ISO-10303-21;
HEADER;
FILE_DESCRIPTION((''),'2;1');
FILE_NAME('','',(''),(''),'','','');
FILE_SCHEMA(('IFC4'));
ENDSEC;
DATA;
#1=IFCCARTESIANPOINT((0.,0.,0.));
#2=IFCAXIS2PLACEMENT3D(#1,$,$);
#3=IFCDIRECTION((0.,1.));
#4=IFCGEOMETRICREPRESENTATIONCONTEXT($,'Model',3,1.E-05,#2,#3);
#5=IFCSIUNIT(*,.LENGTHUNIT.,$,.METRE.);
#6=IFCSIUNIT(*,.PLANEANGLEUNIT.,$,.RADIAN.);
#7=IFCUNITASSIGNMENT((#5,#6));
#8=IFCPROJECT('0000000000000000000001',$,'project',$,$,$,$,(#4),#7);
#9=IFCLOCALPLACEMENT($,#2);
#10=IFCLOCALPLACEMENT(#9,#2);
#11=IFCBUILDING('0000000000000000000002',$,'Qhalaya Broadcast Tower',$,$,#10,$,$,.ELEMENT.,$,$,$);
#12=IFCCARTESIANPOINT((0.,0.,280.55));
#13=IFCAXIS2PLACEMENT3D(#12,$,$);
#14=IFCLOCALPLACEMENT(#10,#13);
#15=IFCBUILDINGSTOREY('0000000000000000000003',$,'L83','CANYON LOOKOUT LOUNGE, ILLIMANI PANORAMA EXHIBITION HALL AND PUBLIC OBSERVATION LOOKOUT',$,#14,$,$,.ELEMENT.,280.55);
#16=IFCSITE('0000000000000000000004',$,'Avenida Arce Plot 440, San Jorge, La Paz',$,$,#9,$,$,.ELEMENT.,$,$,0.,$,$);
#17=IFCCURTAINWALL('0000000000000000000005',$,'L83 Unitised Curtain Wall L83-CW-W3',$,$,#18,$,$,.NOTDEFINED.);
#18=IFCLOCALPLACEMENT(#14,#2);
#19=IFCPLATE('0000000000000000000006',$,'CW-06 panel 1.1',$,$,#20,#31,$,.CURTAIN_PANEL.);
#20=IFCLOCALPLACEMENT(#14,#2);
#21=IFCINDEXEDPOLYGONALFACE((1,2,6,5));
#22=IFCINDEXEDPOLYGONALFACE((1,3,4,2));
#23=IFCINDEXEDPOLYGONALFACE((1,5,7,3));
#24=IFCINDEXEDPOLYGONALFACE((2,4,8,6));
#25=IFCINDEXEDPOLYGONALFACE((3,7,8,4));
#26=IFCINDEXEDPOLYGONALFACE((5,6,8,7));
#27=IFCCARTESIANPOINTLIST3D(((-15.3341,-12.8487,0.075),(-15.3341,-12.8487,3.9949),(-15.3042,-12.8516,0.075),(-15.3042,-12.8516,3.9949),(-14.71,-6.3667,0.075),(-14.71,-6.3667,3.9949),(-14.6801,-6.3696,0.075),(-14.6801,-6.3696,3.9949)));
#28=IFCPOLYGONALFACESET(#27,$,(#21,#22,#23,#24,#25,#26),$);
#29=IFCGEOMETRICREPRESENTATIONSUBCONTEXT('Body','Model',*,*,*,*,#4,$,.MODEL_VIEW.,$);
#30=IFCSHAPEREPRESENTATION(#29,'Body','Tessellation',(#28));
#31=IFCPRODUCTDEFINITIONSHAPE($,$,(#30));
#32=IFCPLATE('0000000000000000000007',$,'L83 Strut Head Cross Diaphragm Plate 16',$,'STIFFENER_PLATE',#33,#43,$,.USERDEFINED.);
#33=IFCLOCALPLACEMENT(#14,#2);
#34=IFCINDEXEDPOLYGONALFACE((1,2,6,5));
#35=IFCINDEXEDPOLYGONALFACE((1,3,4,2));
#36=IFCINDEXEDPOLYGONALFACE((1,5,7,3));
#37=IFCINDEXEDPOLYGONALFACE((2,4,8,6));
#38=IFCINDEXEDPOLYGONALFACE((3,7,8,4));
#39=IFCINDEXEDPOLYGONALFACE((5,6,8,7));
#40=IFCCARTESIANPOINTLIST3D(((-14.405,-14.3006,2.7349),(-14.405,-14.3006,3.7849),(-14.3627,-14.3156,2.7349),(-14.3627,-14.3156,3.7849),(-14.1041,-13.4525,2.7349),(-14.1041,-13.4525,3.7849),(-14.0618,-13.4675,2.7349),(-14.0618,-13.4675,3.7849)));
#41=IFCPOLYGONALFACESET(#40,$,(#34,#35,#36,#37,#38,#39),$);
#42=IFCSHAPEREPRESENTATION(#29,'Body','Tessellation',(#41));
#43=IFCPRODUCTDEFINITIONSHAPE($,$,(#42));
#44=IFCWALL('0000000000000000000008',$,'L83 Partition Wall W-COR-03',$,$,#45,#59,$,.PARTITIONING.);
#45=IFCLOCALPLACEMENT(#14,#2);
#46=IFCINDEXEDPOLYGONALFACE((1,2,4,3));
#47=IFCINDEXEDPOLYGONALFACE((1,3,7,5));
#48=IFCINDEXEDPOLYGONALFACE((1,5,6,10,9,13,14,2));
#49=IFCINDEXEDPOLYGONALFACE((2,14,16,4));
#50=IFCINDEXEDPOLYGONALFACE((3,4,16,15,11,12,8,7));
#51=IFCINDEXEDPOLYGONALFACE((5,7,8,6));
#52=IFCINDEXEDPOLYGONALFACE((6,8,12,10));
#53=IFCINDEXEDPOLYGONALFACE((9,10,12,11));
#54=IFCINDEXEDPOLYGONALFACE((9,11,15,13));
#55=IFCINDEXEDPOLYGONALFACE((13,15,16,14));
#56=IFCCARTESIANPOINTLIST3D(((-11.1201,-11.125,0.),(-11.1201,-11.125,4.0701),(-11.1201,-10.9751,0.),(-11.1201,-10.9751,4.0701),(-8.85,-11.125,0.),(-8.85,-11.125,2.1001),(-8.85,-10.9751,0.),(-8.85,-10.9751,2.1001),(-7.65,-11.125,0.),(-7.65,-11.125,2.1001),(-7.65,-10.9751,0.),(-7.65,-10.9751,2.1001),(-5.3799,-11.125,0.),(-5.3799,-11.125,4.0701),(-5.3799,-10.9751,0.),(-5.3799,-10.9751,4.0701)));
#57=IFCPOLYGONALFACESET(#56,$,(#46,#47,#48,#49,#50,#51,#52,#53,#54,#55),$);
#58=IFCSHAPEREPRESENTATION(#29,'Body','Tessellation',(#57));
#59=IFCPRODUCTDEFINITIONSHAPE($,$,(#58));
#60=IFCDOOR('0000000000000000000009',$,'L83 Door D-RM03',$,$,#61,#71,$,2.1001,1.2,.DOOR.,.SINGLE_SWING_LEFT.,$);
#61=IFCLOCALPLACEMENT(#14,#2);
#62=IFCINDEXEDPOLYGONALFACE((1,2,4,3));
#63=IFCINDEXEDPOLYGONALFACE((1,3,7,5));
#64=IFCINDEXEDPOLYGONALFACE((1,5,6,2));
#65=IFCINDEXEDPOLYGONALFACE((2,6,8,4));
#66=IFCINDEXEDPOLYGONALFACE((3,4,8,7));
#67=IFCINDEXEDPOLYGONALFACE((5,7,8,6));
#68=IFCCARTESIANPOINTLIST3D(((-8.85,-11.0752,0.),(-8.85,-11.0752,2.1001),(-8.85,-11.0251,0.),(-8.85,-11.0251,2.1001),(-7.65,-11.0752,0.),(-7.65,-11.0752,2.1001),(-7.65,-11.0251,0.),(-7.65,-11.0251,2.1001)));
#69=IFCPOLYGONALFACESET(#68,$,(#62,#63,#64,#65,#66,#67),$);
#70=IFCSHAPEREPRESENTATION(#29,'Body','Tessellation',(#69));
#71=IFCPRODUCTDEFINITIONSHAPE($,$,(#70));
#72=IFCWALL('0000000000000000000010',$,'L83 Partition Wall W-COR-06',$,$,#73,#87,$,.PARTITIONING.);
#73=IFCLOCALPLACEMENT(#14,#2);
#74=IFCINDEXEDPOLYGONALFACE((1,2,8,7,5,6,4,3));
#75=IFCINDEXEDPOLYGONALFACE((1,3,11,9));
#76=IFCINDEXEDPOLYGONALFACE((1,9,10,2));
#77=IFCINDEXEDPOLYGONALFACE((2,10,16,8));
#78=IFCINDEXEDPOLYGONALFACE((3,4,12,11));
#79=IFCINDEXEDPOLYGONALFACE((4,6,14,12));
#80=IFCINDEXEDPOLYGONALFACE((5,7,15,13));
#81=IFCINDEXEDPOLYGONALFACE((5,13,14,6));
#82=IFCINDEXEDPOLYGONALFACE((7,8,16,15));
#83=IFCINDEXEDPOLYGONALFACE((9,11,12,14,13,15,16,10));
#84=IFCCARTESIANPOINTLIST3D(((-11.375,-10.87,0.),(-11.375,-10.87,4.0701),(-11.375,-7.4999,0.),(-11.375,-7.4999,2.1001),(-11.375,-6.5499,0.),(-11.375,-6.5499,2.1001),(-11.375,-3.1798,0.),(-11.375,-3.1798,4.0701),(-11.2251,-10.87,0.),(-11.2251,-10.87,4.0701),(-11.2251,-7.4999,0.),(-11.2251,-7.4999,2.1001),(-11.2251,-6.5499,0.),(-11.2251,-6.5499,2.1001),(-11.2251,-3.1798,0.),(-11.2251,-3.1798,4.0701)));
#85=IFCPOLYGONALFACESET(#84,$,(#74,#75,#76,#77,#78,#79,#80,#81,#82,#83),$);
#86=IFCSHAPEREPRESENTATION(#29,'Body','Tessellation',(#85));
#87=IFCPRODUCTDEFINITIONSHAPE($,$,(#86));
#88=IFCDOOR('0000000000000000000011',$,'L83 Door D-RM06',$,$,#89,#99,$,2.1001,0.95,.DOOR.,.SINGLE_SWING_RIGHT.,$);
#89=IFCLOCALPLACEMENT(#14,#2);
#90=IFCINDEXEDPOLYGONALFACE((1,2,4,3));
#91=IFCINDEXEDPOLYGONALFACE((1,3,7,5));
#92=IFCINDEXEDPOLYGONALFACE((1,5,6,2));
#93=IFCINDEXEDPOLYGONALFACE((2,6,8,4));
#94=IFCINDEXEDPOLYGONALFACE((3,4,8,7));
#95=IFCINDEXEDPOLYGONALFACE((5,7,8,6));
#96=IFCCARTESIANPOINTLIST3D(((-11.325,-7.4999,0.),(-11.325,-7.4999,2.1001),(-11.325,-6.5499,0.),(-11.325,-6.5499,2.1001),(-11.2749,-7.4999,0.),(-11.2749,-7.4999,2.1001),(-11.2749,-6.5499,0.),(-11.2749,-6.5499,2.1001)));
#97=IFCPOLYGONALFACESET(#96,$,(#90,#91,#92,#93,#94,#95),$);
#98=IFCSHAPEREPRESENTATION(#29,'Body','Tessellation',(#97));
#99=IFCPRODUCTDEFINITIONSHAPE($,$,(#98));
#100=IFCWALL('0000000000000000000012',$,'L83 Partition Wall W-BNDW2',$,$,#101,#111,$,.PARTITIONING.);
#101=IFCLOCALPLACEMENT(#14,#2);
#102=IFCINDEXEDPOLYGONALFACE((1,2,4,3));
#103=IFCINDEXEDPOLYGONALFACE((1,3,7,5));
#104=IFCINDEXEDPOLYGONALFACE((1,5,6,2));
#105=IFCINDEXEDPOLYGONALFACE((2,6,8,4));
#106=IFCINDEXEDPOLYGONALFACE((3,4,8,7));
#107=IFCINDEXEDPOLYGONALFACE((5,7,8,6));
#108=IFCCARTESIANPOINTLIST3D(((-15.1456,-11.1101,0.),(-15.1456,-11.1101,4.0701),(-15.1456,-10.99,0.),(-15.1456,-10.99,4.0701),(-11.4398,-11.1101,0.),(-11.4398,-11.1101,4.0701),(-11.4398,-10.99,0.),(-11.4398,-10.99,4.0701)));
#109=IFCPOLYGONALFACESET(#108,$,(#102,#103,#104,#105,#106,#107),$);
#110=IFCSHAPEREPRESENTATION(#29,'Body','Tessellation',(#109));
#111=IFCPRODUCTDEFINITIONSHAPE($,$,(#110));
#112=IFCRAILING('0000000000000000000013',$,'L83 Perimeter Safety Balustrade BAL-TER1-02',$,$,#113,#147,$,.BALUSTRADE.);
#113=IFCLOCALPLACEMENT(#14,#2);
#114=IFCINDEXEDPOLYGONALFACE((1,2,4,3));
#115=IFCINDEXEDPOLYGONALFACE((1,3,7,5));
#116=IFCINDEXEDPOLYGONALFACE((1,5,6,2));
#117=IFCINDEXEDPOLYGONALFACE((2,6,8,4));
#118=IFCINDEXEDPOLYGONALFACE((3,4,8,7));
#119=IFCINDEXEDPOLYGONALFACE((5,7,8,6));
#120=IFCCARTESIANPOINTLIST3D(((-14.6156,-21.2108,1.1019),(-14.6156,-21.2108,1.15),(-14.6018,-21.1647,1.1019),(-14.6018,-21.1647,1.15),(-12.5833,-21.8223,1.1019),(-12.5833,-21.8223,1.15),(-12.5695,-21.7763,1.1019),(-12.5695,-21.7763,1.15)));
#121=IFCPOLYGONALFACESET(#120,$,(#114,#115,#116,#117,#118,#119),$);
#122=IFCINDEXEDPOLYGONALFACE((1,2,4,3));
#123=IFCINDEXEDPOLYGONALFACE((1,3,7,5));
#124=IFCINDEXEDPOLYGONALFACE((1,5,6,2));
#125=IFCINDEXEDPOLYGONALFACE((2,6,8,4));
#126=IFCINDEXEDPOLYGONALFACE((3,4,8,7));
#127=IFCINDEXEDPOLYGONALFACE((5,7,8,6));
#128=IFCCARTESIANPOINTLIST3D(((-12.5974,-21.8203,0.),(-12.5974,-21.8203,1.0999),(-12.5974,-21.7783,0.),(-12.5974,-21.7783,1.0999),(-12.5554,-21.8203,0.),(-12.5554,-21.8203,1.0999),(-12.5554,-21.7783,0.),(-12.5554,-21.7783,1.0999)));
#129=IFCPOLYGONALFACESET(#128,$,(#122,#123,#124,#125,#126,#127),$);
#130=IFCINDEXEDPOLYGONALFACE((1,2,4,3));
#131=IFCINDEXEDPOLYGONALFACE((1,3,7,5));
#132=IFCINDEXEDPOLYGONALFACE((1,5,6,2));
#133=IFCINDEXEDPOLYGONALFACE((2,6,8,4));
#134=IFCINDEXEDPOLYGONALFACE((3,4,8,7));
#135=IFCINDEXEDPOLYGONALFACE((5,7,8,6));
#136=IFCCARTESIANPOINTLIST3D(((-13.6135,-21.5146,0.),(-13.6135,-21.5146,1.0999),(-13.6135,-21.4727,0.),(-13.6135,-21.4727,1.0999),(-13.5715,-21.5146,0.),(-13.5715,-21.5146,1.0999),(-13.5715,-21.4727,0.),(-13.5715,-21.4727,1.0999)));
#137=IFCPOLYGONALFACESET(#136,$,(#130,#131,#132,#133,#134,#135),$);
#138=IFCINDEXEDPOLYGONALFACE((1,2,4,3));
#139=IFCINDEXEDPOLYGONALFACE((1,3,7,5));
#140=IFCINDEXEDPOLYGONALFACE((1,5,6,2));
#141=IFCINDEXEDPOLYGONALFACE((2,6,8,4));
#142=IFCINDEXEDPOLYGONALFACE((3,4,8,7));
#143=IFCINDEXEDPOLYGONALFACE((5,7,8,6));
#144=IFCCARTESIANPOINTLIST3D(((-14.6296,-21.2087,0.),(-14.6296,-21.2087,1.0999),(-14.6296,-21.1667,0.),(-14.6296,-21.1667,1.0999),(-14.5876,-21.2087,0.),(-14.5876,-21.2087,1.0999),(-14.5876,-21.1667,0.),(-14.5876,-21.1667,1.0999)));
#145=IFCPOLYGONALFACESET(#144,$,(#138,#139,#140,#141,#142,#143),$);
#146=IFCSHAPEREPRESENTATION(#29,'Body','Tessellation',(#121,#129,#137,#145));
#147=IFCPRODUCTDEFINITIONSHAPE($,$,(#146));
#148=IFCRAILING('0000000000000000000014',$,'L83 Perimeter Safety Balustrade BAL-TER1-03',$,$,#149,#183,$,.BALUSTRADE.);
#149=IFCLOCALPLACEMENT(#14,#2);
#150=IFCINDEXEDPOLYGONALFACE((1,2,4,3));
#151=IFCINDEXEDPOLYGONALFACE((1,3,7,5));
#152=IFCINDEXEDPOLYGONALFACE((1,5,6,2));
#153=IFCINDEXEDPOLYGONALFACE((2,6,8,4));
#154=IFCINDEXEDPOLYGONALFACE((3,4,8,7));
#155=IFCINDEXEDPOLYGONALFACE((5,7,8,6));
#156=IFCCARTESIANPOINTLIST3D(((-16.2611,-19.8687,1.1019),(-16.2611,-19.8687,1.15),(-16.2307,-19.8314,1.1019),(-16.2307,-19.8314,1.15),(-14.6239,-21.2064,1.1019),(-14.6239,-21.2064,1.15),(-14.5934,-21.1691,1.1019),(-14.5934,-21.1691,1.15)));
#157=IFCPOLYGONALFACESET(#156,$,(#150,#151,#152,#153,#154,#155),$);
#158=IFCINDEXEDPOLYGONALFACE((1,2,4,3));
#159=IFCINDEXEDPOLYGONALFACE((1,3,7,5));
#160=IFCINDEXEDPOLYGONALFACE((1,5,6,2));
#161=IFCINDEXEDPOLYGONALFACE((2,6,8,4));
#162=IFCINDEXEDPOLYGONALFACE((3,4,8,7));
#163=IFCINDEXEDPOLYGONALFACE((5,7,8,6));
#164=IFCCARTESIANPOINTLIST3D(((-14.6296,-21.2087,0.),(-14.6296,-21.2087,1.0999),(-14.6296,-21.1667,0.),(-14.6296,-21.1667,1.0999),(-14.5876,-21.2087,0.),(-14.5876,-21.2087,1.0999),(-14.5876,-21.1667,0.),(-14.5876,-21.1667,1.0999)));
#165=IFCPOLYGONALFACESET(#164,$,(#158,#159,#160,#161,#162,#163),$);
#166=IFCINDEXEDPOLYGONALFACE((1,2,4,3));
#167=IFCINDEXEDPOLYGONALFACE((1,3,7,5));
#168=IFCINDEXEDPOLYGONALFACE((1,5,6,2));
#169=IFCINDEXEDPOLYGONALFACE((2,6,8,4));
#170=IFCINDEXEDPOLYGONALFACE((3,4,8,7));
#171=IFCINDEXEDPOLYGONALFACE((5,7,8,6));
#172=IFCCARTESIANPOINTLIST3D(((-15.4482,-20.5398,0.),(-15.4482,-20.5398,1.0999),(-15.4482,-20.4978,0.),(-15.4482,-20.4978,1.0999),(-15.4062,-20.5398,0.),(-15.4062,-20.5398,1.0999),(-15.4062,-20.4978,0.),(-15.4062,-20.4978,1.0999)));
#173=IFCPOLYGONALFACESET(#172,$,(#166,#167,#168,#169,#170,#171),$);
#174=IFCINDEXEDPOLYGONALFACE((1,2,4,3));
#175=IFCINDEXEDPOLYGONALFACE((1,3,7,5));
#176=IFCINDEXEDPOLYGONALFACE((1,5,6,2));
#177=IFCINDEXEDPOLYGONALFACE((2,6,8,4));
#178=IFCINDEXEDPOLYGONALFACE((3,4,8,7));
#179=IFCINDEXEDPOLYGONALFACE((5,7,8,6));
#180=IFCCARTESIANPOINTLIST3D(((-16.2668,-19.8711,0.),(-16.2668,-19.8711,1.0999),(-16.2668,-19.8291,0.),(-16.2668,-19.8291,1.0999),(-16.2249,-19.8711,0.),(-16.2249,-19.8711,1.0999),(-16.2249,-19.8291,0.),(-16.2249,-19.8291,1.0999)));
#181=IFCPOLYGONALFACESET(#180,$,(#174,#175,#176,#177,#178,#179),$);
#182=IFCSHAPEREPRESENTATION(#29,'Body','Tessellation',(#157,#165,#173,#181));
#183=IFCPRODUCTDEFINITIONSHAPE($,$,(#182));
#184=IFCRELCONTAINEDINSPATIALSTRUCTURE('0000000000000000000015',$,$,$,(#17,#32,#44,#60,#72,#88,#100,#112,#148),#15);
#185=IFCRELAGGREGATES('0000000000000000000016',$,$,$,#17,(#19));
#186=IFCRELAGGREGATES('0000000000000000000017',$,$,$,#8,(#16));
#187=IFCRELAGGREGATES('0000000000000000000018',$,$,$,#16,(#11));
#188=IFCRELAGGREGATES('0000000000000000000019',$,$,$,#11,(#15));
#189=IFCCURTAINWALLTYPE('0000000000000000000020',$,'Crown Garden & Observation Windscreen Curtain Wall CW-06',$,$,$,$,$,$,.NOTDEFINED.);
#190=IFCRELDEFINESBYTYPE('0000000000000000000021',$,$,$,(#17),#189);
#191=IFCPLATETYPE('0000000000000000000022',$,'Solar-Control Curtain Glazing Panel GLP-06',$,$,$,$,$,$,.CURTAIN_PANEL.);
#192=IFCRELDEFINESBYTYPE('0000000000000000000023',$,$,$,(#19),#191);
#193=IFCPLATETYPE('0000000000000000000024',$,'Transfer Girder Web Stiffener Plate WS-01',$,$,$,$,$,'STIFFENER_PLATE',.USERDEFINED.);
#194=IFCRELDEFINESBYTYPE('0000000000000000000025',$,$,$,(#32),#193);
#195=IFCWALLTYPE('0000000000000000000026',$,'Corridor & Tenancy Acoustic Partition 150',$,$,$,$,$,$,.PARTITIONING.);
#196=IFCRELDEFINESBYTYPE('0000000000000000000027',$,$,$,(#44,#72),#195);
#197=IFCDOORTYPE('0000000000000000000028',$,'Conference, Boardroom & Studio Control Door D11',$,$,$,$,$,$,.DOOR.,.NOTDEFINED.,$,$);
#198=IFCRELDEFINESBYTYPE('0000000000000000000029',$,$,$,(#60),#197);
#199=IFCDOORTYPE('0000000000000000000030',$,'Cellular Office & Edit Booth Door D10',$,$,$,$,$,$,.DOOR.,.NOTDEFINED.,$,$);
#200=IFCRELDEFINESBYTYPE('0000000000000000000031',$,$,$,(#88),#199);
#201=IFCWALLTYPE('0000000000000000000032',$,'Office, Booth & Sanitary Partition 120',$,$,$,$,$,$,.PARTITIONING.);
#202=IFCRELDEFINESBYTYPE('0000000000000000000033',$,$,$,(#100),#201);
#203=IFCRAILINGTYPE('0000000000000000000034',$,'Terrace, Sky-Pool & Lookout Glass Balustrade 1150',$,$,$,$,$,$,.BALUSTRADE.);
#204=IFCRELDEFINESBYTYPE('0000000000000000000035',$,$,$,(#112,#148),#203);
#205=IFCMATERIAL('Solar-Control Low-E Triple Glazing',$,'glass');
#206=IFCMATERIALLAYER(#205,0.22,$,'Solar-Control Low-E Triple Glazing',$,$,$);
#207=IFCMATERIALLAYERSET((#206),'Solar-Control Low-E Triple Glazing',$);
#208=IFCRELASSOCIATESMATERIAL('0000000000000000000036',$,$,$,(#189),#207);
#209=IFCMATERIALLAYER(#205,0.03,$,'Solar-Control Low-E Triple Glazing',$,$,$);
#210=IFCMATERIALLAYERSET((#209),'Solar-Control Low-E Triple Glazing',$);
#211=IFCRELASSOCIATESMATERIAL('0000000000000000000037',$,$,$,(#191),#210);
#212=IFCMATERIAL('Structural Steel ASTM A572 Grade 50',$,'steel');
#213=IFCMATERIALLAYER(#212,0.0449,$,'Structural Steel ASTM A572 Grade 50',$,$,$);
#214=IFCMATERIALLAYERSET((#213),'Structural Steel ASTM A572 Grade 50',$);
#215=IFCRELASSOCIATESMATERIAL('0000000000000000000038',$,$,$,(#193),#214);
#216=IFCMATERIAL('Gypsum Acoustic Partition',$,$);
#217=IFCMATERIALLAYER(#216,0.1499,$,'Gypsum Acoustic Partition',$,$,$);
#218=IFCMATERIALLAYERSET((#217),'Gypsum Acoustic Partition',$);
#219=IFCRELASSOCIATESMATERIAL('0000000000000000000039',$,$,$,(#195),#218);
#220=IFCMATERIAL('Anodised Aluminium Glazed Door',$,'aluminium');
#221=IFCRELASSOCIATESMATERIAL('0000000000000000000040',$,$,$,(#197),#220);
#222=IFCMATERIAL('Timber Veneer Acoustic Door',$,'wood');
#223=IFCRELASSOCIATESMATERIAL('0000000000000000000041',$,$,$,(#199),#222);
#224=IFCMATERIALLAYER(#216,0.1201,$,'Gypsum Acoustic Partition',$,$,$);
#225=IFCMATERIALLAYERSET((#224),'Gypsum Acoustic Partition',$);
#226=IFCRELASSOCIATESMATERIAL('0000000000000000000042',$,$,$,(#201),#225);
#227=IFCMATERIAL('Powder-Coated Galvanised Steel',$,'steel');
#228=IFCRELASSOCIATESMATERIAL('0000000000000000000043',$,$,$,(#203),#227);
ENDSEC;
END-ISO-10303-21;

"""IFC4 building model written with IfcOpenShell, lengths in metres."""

from ifc_helpers import new_model, si_unit, direction, frame, frame_2d, origin, origin_2d, place, context, subcontext, project, spatial, rectangle, extrude, material, layer, layer_set, type_object, element, fill, aggregate, save


model = new_model("IFC4")

# Units and contexts
model_context = context("Model", 3, precision=1e-05, world=origin(), true_north=direction((0.0, 1.0)))
body_context = subcontext(model_context, "Body", "Model", "MODEL_VIEW")
ifc_project = project(units=[si_unit("LENGTHUNIT", "METRE"), si_unit("PLANEANGLEUNIT", "RADIAN")], contexts=[model_context])

# Site, building, storey
site_placement = place(None, origin())
site = spatial("IfcSite", under=ifc_project, at=site_placement, Name="Avenida Arce Plot 440, San Jorge, La Paz", CompositionType="ELEMENT", RefElevation=0.0)
building_placement = place(site_placement, origin())
building = spatial("IfcBuilding", under=site, at=building_placement, Name="Qhalaya Broadcast Tower", CompositionType="ELEMENT")
storey_placement = place(building_placement, frame((0.0, 0.0, 280.55)))
storey = spatial("IfcBuildingStorey", under=building, at=storey_placement, Name="L83", Description="CANYON LOOKOUT LOUNGE, ILLIMANI PANORAMA EXHIBITION HALL AND PUBLIC OBSERVATION LOOKOUT", CompositionType="ELEMENT", Elevation=280.55)

# Shared definitions
ifc_material_1 = material(Name="Structural Steel ASTM A572 Grade 50", Category="steel")

# Curtain wall
ifc_material_2 = material(Name="Solar-Control Low-E Triple Glazing", Category="glass")
ifc_layer_1 = layer(ifc_material_2, 0.22, Name="Solar-Control Low-E Triple Glazing")
ifc_layer_set_1 = layer_set([ifc_layer_1], Name="Solar-Control Low-E Triple Glazing")
curtain_wall_type = type_object("IfcCurtainWallType", Name="Crown Garden & Observation Windscreen Curtain Wall CW-06", PredefinedType="NOTDEFINED", material=ifc_layer_set_1)
curtain_wall_placement = place(storey_placement, origin())
curtain_wall = element("IfcCurtainWall", 1, at=curtain_wall_placement, inside=storey, type_object=curtain_wall_type, Name="L83 Unitised Curtain Wall L83-CW-W3", PredefinedType="NOTDEFINED")

# Plates
ifc_layer_2 = layer(ifc_material_2, 0.03, Name="Solar-Control Low-E Triple Glazing")
ifc_layer_set_2 = layer_set([ifc_layer_2], Name="Solar-Control Low-E Triple Glazing")
plate_type_1 = type_object("IfcPlateType", Name="Solar-Control Curtain Glazing Panel GLP-06", PredefinedType="CURTAIN_PANEL", material=ifc_layer_set_2)
plate_1_placement = place(storey_placement, frame((-15.0071, -9.6091, 0.075), z_axis=(0.0, 0.0, 1.0), x_axis=(-0.095843, -0.995397, 0.0)))
plate_1 = element("IfcPlate", 2, at=plate_1_placement, type_object=plate_type_1, Name="CW-06 panel 1.1", PredefinedType="CURTAIN_PANEL", context=body_context, shape_type="SweptSolid", body=[
    extrude(rectangle(XDim=6.512, YDim=0.03, at=origin_2d()), origin(), (0.0, 0.0, 1.0), 3.9199),
])
aggregate(curtain_wall, [plate_1])
ifc_layer_3 = layer(ifc_material_1, 0.0449, Name="Structural Steel ASTM A572 Grade 50")
ifc_layer_set_3 = layer_set([ifc_layer_3], Name="Structural Steel ASTM A572 Grade 50")
plate_type_2 = type_object("IfcPlateType", Name="Transfer Girder Web Stiffener Plate WS-01", ElementType="STIFFENER_PLATE", PredefinedType="USERDEFINED", material=ifc_layer_set_3)
plate_2_placement = place(storey_placement, frame((-14.2334, -13.884, 2.7349), z_axis=(0.0, 0.0, 1.0), x_axis=(0.334366, 0.942443, 0.0)))
element("IfcPlate", 3, at=plate_2_placement, inside=storey, type_object=plate_type_2, Name="L83 Strut Head Cross Diaphragm Plate 16", ObjectType="STIFFENER_PLATE", PredefinedType="USERDEFINED", context=body_context, shape_type="SweptSolid", body=[
    extrude(rectangle(XDim=0.8999, YDim=0.0449, at=origin_2d()), origin(), (0.0, 0.0, 1.0), 1.05),
])

# Walls, openings, doors
ifc_material_3 = material(Name="Gypsum Acoustic Partition")
ifc_layer_4 = layer(ifc_material_3, 0.1499, Name="Gypsum Acoustic Partition")
ifc_layer_set_4 = layer_set([ifc_layer_4], Name="Gypsum Acoustic Partition")
wall_type_1 = type_object("IfcWallType", Name="Corridor & Tenancy Acoustic Partition 150", PredefinedType="PARTITIONING", material=ifc_layer_set_4)
wall_1_placement = place(storey_placement, frame((-11.1201, -11.05, 0.0), z_axis=(0.0, 0.0, 1.0), x_axis=(1.0, 0.0, 0.0)))
wall_1 = element("IfcWall", 4, at=wall_1_placement, inside=storey, type_object=wall_type_1, Name="L83 Partition Wall W-COR-03", PredefinedType="PARTITIONING", context=body_context, shape_type="SweptSolid", body=[
    extrude(rectangle(XDim=5.7402, YDim=0.1499, at=frame_2d((2.8701, 0.0))), origin(), (0.0, 0.0, 1.0), 4.0701),
])
opening_1_placement = place(wall_1_placement, frame((2.27, 0.0, 0.0)))
opening_1 = element("IfcOpeningElement", 5, at=opening_1_placement, cuts=wall_1, PredefinedType="OPENING", context=body_context, shape_type="SweptSolid", body=[
    extrude(rectangle(XDim=1.2, YDim=2.1001, at=frame_2d((0.6001, 1.05))), frame((0.0, 0.0869, 0.0), z_axis=(0.0, -1.0, 0.0), x_axis=(1.0, 0.0, 0.0)), (0.0, 0.0, 1.0), 0.1738),
])
ifc_material_4 = material(Name="Anodised Aluminium Glazed Door", Category="aluminium")
door_type_1 = type_object("IfcDoorType", Name="Conference, Boardroom & Studio Control Door D11", OperationType="NOTDEFINED", PredefinedType="DOOR", material=ifc_material_4)
door_1_placement = place(opening_1_placement, origin())
door_1 = element("IfcDoor", 6, at=door_1_placement, inside=storey, type_object=door_type_1, Name="L83 Door D-RM03", OperationType="SINGLE_SWING_LEFT", OverallHeight=2.1001, OverallWidth=1.2, PredefinedType="DOOR", context=body_context, shape_type="SweptSolid", body=[
    extrude(rectangle(XDim=1.2, YDim=2.1001, at=frame_2d((0.6001, 1.05))), frame((0.0, 0.0249, 0.0), z_axis=(0.0, -1.0, 0.0), x_axis=(1.0, 0.0, 0.0)), (0.0, 0.0, 1.0), 0.05),
])
fill(opening_1, door_1)
wall_2_placement = place(storey_placement, frame((-11.3, -10.8701, 0.0), z_axis=(0.0, 0.0, 1.0), x_axis=(0.0, 1.0, 0.0)))
wall_2 = element("IfcWall", 7, at=wall_2_placement, inside=storey, type_object=wall_type_1, Name="L83 Partition Wall W-COR-06", PredefinedType="PARTITIONING", context=body_context, shape_type="SweptSolid", body=[
    extrude(rectangle(XDim=7.6902, YDim=0.1499, at=frame_2d((3.8452, 0.0))), origin(), (0.0, 0.0, 1.0), 4.0701),
])
opening_2_placement = place(wall_2_placement, frame((3.3701, 0.0, 0.0)))
opening_2 = element("IfcOpeningElement", 8, at=opening_2_placement, cuts=wall_2, PredefinedType="OPENING", context=body_context, shape_type="SweptSolid", body=[
    extrude(rectangle(XDim=0.95, YDim=2.1001, at=frame_2d((0.4751, 1.05))), frame((0.0, 0.0869, 0.0), z_axis=(0.0, -1.0, 0.0), x_axis=(1.0, 0.0, 0.0)), (0.0, 0.0, 1.0), 0.1738),
])
ifc_material_5 = material(Name="Timber Veneer Acoustic Door", Category="wood")
door_type_2 = type_object("IfcDoorType", Name="Cellular Office & Edit Booth Door D10", OperationType="NOTDEFINED", PredefinedType="DOOR", material=ifc_material_5)
door_2_placement = place(opening_2_placement, origin())
door_2 = element("IfcDoor", 9, at=door_2_placement, inside=storey, type_object=door_type_2, Name="L83 Door D-RM06", OperationType="SINGLE_SWING_RIGHT", OverallHeight=2.1001, OverallWidth=0.95, PredefinedType="DOOR", context=body_context, shape_type="SweptSolid", body=[
    extrude(rectangle(XDim=0.95, YDim=2.1001, at=frame_2d((0.4751, 1.05))), frame((0.0, 0.0249, 0.0), z_axis=(0.0, -1.0, 0.0), x_axis=(1.0, 0.0, 0.0)), (0.0, 0.0, 1.0), 0.05),
])
fill(opening_2, door_2)

# Wall
ifc_layer_5 = layer(ifc_material_3, 0.1201, Name="Gypsum Acoustic Partition")
ifc_layer_set_5 = layer_set([ifc_layer_5], Name="Gypsum Acoustic Partition")
wall_type_2 = type_object("IfcWallType", Name="Office, Booth & Sanitary Partition 120", PredefinedType="PARTITIONING", material=ifc_layer_set_5)
wall_3_placement = place(storey_placement, frame((-15.1458, -11.05, 0.0), z_axis=(0.0, 0.0, 1.0), x_axis=(1.0, 0.0, 0.0)))
element("IfcWall", 10, at=wall_3_placement, inside=storey, type_object=wall_type_2, Name="L83 Partition Wall W-BNDW2", PredefinedType="PARTITIONING", context=body_context, shape_type="SweptSolid", body=[
    extrude(rectangle(XDim=3.7058, YDim=0.1201, at=frame_2d((1.853, 0.0))), origin(), (0.0, 0.0, 1.0), 4.0701),
])

# Railings
ifc_material_6 = material(Name="Powder-Coated Galvanised Steel", Category="steel")
railing_type = type_object("IfcRailingType", Name="Terrace, Sky-Pool & Lookout Glass Balustrade 1150", PredefinedType="BALUSTRADE", material=ifc_material_6)
railing_1_placement = place(storey_placement, frame((-12.5764, -21.7993, 0.0)))
element("IfcRailing", 11, at=railing_1_placement, inside=storey, type_object=railing_type, Name="L83 Perimeter Safety Balustrade BAL-TER1-02", PredefinedType="BALUSTRADE", context=body_context, shape_type="SweptSolid", body=[
    extrude(rectangle(XDim=0.0481, YDim=0.0481, at=origin_2d()), frame((0.0, 0.0, 1.126), z_axis=(-0.957579, 0.288171, 0.0), x_axis=(-0.288171, -0.957579, 0.0)), (0.0, 0.0, 1.0), 2.1223),
    extrude(rectangle(XDim=0.042, YDim=0.042, at=origin_2d()), origin(), (0.0, 0.0, 1.0), 1.0999),
    extrude(rectangle(XDim=0.042, YDim=0.042, at=origin_2d()), frame((-1.0161, 0.3057, 0.0)), (0.0, 0.0, 1.0), 1.0999),
    extrude(rectangle(XDim=0.042, YDim=0.042, at=origin_2d()), frame((-2.0322, 0.6116, 0.0)), (0.0, 0.0, 1.0), 1.0999),
])
railing_2_placement = place(storey_placement, frame((-14.6086, -21.1877, 0.0)))
element("IfcRailing", 12, at=railing_2_placement, inside=storey, type_object=railing_type, Name="L83 Perimeter Safety Balustrade BAL-TER1-03", PredefinedType="BALUSTRADE", context=body_context, shape_type="SweptSolid", body=[
    extrude(rectangle(XDim=0.0481, YDim=0.0481, at=origin_2d()), frame((0.0, 0.0, 1.126), z_axis=(-0.774394, 0.632703, 0.0), x_axis=(-0.632703, -0.774394, 0.0)), (0.0, 0.0, 1.0), 2.1143),
    extrude(rectangle(XDim=0.042, YDim=0.042, at=origin_2d()), origin(), (0.0, 0.0, 1.0), 1.0999),
    extrude(rectangle(XDim=0.042, YDim=0.042, at=origin_2d()), frame((-0.8186, 0.6689, 0.0)), (0.0, 0.0, 1.0), 1.0999),
    extrude(rectangle(XDim=0.042, YDim=0.042, at=origin_2d()), frame((-1.6372, 1.3376, 0.0)), (0.0, 0.0, 1.0), 1.0999),
])

save(model, "model.ifc")
